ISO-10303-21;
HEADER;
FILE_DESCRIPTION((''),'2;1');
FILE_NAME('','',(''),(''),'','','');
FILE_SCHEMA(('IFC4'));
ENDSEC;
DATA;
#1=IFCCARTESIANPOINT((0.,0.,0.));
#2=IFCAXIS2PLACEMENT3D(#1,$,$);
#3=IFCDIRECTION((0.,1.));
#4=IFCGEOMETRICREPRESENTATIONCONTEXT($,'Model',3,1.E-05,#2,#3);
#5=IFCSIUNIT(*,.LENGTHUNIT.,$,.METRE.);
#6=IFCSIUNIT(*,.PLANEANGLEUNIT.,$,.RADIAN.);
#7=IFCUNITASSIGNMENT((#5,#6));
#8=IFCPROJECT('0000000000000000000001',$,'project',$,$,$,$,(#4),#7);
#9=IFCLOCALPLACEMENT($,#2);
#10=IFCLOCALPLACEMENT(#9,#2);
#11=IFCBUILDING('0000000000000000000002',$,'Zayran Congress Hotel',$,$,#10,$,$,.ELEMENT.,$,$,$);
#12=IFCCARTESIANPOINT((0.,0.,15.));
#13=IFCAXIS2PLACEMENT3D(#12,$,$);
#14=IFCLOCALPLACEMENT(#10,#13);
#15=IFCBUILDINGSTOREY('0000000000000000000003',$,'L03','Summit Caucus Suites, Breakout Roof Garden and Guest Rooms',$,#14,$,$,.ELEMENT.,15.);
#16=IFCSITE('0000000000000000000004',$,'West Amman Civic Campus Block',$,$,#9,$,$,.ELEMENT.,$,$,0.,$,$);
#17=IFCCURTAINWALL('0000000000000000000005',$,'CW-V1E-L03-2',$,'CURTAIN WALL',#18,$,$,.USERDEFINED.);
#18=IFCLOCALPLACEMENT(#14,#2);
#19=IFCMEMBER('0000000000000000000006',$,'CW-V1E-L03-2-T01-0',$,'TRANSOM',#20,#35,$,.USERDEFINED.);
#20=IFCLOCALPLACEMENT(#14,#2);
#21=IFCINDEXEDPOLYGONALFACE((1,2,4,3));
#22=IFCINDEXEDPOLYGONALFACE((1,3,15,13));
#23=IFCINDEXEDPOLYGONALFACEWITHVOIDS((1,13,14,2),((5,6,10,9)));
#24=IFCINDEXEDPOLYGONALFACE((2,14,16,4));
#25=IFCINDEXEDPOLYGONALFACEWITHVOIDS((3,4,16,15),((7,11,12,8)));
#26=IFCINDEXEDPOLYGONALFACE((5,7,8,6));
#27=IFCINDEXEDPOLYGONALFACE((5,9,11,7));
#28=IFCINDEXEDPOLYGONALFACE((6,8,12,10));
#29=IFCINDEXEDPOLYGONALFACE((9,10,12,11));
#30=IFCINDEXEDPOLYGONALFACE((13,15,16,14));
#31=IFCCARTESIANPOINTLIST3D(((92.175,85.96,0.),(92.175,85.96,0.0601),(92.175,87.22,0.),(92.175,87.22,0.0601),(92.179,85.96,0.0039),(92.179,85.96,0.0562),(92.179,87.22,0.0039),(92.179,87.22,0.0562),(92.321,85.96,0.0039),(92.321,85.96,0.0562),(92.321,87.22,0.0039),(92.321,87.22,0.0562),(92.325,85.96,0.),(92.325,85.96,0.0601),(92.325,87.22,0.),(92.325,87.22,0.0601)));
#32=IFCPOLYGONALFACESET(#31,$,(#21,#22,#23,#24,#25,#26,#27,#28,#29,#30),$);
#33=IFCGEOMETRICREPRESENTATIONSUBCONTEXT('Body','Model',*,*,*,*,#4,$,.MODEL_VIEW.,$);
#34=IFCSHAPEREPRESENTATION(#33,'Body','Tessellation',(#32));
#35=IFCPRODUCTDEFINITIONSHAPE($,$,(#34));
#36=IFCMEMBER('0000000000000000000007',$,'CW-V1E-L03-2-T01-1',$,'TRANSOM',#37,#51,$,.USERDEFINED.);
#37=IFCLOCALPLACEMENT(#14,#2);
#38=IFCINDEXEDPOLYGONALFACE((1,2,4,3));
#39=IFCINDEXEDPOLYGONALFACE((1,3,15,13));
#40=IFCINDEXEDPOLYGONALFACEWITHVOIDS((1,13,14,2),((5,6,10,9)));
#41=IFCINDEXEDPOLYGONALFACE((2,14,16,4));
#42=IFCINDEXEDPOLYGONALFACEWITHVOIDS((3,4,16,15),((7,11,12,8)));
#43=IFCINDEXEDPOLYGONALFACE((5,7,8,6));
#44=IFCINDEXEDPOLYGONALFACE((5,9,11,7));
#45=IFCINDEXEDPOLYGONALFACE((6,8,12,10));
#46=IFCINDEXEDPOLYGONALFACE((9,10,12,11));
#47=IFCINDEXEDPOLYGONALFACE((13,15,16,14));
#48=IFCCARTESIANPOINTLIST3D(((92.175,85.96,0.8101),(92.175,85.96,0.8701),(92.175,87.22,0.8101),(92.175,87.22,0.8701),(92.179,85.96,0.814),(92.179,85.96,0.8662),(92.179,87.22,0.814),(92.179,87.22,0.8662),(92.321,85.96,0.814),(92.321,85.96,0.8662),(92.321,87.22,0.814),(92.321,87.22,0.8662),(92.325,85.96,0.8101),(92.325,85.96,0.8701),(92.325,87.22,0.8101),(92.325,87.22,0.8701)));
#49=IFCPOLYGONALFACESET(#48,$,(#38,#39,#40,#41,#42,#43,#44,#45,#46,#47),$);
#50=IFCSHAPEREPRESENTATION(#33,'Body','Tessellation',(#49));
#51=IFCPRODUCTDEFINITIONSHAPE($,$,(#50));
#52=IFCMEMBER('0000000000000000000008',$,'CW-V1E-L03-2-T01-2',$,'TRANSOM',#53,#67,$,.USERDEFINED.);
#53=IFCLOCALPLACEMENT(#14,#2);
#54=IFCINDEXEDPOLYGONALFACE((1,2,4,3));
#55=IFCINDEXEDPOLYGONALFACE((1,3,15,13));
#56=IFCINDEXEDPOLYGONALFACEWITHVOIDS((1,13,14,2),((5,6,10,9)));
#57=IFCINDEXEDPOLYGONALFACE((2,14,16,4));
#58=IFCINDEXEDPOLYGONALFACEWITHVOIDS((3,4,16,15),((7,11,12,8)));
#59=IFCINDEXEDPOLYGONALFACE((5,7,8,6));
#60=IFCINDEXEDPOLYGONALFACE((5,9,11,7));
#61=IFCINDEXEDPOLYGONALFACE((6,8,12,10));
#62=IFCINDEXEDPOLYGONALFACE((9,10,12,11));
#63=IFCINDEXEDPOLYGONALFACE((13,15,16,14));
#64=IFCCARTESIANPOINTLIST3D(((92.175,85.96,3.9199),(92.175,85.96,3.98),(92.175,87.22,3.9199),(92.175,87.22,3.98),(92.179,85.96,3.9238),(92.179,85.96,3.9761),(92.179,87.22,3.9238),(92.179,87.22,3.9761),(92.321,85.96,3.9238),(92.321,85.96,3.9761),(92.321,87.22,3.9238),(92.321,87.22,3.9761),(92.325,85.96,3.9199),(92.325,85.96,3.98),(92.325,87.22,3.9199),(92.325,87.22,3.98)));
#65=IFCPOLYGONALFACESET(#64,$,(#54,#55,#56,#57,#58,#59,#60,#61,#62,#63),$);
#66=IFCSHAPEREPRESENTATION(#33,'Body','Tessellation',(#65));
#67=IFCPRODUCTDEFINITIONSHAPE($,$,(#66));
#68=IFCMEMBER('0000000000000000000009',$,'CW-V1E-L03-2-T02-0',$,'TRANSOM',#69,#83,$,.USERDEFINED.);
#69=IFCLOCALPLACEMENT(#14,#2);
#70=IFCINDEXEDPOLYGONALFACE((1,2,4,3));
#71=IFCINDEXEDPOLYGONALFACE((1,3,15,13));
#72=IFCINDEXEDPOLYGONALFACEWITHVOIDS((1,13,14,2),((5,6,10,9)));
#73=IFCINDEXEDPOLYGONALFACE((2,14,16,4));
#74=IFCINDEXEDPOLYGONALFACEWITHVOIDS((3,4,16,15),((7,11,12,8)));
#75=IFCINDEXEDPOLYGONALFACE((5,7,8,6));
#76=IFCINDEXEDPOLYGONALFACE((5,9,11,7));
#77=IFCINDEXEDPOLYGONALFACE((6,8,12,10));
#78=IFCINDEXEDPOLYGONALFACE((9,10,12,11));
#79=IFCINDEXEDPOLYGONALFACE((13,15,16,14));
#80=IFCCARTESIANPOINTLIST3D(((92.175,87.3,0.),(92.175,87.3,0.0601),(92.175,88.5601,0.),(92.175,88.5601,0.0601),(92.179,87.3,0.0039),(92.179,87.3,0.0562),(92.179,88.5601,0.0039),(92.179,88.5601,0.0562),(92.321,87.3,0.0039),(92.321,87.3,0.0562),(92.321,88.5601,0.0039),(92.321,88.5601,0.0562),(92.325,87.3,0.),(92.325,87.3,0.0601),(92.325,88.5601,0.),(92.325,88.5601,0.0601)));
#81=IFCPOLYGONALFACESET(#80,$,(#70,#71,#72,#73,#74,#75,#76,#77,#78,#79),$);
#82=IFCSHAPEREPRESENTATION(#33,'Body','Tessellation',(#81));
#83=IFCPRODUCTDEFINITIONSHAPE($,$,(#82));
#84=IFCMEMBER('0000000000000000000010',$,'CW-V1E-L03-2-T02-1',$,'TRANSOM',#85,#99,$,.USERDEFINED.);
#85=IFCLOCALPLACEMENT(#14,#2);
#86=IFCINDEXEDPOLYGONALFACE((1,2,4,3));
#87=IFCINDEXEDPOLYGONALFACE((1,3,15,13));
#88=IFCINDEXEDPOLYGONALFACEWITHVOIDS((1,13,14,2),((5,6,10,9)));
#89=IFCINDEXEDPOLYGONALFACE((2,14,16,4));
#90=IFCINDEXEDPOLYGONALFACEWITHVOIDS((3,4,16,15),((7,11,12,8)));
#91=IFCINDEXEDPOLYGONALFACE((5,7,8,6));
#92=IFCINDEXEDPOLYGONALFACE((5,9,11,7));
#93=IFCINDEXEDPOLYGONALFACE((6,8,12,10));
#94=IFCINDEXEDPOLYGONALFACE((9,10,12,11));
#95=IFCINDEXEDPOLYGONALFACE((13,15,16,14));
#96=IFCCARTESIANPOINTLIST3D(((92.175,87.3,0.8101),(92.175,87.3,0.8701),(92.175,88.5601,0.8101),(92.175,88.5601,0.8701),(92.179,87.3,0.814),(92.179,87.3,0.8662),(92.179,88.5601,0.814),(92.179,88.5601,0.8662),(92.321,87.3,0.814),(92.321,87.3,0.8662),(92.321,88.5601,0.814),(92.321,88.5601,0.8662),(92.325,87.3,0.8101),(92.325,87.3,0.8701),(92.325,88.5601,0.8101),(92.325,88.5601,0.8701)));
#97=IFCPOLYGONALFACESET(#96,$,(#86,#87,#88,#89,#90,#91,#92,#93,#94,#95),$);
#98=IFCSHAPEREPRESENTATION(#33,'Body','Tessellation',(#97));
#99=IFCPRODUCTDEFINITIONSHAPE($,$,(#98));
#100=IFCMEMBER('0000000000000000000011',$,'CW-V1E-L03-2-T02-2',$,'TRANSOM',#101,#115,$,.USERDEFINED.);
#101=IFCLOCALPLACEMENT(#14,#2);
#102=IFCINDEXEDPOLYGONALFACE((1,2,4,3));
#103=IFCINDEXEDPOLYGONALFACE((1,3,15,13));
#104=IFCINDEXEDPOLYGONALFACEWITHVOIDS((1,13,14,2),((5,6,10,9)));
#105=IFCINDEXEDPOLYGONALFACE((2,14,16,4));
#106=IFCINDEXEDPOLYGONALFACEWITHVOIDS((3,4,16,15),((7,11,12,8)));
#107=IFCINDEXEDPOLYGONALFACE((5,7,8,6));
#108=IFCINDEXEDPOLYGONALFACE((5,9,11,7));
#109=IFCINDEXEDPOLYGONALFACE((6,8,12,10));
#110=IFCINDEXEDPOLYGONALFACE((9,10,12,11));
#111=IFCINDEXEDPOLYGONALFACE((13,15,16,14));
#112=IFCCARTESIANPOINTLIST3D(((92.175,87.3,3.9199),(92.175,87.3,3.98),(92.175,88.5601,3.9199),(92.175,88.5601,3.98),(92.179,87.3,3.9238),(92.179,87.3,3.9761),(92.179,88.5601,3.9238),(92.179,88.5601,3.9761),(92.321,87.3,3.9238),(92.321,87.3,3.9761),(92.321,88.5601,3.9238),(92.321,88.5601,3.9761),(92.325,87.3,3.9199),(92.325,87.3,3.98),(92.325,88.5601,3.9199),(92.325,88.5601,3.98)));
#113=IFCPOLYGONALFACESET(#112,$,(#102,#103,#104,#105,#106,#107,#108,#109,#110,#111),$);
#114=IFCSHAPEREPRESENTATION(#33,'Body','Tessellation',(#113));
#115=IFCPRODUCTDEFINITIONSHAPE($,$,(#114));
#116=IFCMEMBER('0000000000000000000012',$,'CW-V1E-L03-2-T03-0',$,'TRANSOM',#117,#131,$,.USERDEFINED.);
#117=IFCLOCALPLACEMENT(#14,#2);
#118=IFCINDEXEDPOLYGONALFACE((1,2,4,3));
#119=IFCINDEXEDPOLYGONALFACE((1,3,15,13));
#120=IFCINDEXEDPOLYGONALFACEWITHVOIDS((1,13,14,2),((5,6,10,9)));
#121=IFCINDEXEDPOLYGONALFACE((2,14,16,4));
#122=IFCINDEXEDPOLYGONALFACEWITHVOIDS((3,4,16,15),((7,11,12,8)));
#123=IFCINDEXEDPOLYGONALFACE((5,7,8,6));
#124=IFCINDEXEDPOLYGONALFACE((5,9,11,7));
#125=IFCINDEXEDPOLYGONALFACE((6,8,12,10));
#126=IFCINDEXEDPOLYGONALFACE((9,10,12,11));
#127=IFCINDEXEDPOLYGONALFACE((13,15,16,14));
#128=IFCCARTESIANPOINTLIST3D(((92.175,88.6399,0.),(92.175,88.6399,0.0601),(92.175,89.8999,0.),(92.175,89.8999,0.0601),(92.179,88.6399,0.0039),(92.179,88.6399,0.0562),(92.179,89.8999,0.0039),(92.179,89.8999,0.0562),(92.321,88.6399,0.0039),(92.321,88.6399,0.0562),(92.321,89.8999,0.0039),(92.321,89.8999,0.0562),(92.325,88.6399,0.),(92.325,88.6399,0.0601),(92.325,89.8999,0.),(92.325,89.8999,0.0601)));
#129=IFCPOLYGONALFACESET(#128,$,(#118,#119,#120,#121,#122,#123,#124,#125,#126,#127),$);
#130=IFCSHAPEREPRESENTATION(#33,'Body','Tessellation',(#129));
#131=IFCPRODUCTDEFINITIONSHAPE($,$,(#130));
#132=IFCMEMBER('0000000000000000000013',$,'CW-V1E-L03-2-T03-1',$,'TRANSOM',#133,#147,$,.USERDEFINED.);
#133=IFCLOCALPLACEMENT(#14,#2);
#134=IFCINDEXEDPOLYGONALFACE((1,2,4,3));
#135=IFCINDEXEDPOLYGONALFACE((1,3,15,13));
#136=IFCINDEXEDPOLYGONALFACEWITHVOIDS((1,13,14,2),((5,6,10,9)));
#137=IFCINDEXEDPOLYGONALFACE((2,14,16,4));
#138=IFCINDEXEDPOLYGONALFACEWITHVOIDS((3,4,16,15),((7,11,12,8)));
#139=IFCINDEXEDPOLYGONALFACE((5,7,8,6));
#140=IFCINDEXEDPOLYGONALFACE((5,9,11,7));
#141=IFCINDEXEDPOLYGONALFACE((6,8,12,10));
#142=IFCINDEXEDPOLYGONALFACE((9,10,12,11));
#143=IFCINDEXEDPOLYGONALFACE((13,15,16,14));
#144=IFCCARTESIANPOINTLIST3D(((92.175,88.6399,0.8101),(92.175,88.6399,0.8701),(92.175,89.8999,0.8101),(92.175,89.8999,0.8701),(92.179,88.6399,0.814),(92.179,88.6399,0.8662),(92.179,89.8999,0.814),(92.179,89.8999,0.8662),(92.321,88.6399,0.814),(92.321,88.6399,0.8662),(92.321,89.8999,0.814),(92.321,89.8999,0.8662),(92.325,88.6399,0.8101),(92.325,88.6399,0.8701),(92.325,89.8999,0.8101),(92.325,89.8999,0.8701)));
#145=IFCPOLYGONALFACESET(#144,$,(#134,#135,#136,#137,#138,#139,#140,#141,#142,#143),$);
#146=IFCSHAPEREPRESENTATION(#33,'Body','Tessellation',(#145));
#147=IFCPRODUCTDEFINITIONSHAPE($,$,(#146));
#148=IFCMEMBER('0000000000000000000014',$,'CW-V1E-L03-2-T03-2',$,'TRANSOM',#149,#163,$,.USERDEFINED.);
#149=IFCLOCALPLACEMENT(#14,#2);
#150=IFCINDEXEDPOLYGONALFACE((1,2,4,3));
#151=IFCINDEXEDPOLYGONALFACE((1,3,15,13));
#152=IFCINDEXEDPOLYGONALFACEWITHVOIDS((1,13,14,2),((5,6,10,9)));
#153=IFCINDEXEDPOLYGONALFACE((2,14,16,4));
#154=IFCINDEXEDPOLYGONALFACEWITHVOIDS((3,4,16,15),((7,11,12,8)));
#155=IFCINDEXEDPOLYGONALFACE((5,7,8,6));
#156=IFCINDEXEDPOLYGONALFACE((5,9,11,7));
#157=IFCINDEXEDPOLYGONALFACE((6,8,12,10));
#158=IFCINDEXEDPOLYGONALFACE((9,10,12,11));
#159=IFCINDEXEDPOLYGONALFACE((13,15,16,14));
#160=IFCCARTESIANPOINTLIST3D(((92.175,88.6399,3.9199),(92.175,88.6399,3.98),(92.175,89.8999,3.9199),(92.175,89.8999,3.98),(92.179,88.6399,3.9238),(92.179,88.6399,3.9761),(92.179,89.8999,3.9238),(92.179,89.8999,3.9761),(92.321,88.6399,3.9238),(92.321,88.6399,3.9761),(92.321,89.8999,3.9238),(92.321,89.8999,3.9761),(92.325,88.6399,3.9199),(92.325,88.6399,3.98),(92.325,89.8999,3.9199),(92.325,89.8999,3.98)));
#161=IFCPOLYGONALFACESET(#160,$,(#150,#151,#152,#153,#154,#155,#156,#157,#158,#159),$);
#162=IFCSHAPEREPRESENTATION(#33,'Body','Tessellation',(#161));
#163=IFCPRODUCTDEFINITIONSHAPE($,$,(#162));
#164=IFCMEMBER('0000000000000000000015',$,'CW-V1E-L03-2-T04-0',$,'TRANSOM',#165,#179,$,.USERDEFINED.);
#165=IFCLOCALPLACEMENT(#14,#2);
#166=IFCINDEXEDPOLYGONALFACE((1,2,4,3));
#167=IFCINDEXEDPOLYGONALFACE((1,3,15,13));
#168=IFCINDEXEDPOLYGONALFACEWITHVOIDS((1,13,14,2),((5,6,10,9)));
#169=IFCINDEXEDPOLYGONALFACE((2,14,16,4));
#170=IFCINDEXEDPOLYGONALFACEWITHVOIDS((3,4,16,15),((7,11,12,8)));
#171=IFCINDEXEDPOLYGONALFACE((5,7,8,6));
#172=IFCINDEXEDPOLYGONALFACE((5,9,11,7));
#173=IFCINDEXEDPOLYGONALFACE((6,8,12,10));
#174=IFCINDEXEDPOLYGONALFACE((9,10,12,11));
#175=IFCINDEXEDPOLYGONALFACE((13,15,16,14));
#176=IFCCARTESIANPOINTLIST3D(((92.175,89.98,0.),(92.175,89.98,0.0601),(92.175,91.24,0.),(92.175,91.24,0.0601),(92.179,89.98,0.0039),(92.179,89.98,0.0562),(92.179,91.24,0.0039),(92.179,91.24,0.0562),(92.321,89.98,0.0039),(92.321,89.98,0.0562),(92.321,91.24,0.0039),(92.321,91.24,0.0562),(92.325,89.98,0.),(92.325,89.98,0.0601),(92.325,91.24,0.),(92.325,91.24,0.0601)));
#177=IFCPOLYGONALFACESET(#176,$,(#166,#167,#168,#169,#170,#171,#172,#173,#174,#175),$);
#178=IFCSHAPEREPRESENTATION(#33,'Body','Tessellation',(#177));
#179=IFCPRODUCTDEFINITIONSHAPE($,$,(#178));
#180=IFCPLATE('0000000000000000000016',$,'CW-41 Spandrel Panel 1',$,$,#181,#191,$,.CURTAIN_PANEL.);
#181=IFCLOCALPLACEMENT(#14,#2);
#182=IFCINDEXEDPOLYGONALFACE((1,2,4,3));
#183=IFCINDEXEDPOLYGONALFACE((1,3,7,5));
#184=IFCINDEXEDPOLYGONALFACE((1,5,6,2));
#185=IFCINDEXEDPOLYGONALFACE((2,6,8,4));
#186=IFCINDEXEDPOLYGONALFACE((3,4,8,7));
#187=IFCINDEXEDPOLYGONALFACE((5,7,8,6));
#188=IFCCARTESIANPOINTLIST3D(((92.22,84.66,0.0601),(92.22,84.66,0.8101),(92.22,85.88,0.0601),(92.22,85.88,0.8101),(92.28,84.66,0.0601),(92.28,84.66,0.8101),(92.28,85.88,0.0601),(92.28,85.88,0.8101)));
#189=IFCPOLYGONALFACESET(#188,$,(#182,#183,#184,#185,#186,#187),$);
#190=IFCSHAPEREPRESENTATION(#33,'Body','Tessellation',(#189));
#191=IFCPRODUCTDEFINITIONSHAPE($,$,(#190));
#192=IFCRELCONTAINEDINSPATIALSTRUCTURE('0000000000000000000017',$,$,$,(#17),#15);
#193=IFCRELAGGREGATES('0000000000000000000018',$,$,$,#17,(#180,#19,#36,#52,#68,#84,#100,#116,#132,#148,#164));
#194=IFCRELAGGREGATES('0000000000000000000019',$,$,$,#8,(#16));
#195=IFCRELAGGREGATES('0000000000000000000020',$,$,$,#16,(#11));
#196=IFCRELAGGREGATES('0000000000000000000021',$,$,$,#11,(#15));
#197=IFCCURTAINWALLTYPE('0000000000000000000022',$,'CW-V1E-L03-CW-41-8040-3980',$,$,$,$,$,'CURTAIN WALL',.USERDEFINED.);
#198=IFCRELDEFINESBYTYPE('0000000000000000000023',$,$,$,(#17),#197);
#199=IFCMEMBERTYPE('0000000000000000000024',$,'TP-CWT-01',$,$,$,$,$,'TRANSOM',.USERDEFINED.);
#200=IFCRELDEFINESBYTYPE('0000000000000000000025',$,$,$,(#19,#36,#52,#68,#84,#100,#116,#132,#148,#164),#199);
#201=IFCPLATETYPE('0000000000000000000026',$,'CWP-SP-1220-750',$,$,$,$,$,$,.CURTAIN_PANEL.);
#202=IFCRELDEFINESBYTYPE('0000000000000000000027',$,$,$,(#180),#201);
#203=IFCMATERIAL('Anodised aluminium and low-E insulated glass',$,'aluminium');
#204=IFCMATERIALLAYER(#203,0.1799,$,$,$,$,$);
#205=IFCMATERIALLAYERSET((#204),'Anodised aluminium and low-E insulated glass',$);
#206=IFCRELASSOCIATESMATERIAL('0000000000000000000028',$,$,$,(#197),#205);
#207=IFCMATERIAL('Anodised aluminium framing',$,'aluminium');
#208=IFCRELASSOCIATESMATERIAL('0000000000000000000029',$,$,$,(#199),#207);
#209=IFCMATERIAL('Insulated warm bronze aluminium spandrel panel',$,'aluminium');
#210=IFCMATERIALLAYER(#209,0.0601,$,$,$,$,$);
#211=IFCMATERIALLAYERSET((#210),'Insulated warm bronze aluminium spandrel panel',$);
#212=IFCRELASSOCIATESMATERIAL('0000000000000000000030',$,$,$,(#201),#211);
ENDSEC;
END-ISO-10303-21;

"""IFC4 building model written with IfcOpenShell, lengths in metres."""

from ifc_helpers import new_model, si_unit, direction, frame, origin, origin_2d, place, context, subcontext, project, spatial, rectangle, hollow_rectangle, extrude, material, layer, layer_set, material_profile, profile_set, type_object, element, aggregate, save


model = new_model("IFC4")

# Units and contexts
model_context = context("Model", 3, precision=1e-05, world=origin(), true_north=direction((0.0, 1.0)))
body_context = subcontext(model_context, "Body", "Model", "MODEL_VIEW")
ifc_project = project(units=[si_unit("LENGTHUNIT", "METRE"), si_unit("PLANEANGLEUNIT", "RADIAN")], contexts=[model_context])

# Site, building, storey
site_placement = place(None, origin())
site = spatial("IfcSite", under=ifc_project, at=site_placement, Name="West Amman Civic Campus Block", CompositionType="ELEMENT", RefElevation=0.0)
building_placement = place(site_placement, origin())
building = spatial("IfcBuilding", under=site, at=building_placement, Name="Zayran Congress Hotel", CompositionType="ELEMENT")
storey_placement = place(building_placement, frame((0.0, 0.0, 15.0)))
storey = spatial("IfcBuildingStorey", under=building, at=storey_placement, Name="L03", Description="Summit Caucus Suites, Breakout Roof Garden and Guest Rooms", CompositionType="ELEMENT", Elevation=15.0)

# Curtain wall, members, plate
ifc_material_1 = material(Name="Anodised aluminium and low-E insulated glass", Category="aluminium")
ifc_layer_1 = layer(ifc_material_1, 0.1799)
ifc_layer_set_1 = layer_set([ifc_layer_1], Name="Anodised aluminium and low-E insulated glass")
curtain_wall_type = type_object("IfcCurtainWallType", Name="CW-V1E-L03-CW-41-8040-3980", ElementType="CURTAIN WALL", PredefinedType="USERDEFINED", material=ifc_layer_set_1)
curtain_wall_placement = place(storey_placement, origin())
curtain_wall = element("IfcCurtainWall", 1, at=curtain_wall_placement, inside=storey, type_object=curtain_wall_type, Name="CW-V1E-L03-2", ObjectType="CURTAIN WALL", PredefinedType="USERDEFINED")
ifc_material_2 = material(Name="Anodised aluminium framing", Category="aluminium")
ifc_material_profile_1 = material_profile(ifc_material_2, hollow_rectangle(XDim=0.0601, YDim=0.1499, WallThickness=0.0039, at=origin_2d()), Name="RHS 150x60x4")
ifc_profile_set_1 = profile_set([ifc_material_profile_1], Name="Anodised aluminium framing")
member_type_1 = type_object("IfcMemberType", Name="TP-CWT-01", ElementType="TRANSOM", PredefinedType="USERDEFINED", material=ifc_profile_set_1)
member_1_placement = place(storey_placement, frame((92.25, 85.96, 0.03), z_axis=(0.0, 1.0, 0.0), x_axis=(0.0, 0.0, 1.0)))
member_1 = element("IfcMember", 2, at=member_1_placement, type_object=member_type_1, Name="CW-V1E-L03-2-T01-0", ObjectType="TRANSOM", PredefinedType="USERDEFINED", context=body_context, shape_type="SweptSolid", body=[
    extrude(hollow_rectangle(XDim=0.0601, YDim=0.1499, WallThickness=0.0039, at=origin_2d()), origin(), (0.0, 0.0, 1.0), 1.26),
])
member_2_placement = place(storey_placement, frame((92.25, 85.96, 0.8401), z_axis=(0.0, 1.0, 0.0), x_axis=(0.0, 0.0, 1.0)))
member_2 = element("IfcMember", 3, at=member_2_placement, type_object=member_type_1, Name="CW-V1E-L03-2-T01-1", ObjectType="TRANSOM", PredefinedType="USERDEFINED", context=body_context, shape_type="SweptSolid", body=[
    extrude(hollow_rectangle(XDim=0.0601, YDim=0.1499, WallThickness=0.0039, at=origin_2d()), origin(), (0.0, 0.0, 1.0), 1.26),
])
member_3_placement = place(storey_placement, frame((92.25, 85.96, 3.95), z_axis=(0.0, 1.0, 0.0), x_axis=(0.0, 0.0, 1.0)))
member_3 = element("IfcMember", 4, at=member_3_placement, type_object=member_type_1, Name="CW-V1E-L03-2-T01-2", ObjectType="TRANSOM", PredefinedType="USERDEFINED", context=body_context, shape_type="SweptSolid", body=[
    extrude(hollow_rectangle(XDim=0.0601, YDim=0.1499, WallThickness=0.0039, at=origin_2d()), origin(), (0.0, 0.0, 1.0), 1.26),
])
member_4_placement = place(storey_placement, frame((92.25, 87.3, 0.03), z_axis=(0.0, 1.0, 0.0), x_axis=(0.0, 0.0, 1.0)))
member_4 = element("IfcMember", 5, at=member_4_placement, type_object=member_type_1, Name="CW-V1E-L03-2-T02-0", ObjectType="TRANSOM", PredefinedType="USERDEFINED", context=body_context, shape_type="SweptSolid", body=[
    extrude(hollow_rectangle(XDim=0.0601, YDim=0.1499, WallThickness=0.0039, at=origin_2d()), origin(), (0.0, 0.0, 1.0), 1.26),
])
member_5_placement = place(storey_placement, frame((92.25, 87.3, 0.8401), z_axis=(0.0, 1.0, 0.0), x_axis=(0.0, 0.0, 1.0)))
member_5 = element("IfcMember", 6, at=member_5_placement, type_object=member_type_1, Name="CW-V1E-L03-2-T02-1", ObjectType="TRANSOM", PredefinedType="USERDEFINED", context=body_context, shape_type="SweptSolid", body=[
    extrude(hollow_rectangle(XDim=0.0601, YDim=0.1499, WallThickness=0.0039, at=origin_2d()), origin(), (0.0, 0.0, 1.0), 1.26),
])
member_6_placement = place(storey_placement, frame((92.25, 87.3, 3.95), z_axis=(0.0, 1.0, 0.0), x_axis=(0.0, 0.0, 1.0)))
member_6 = element("IfcMember", 7, at=member_6_placement, type_object=member_type_1, Name="CW-V1E-L03-2-T02-2", ObjectType="TRANSOM", PredefinedType="USERDEFINED", context=body_context, shape_type="SweptSolid", body=[
    extrude(hollow_rectangle(XDim=0.0601, YDim=0.1499, WallThickness=0.0039, at=origin_2d()), origin(), (0.0, 0.0, 1.0), 1.26),
])
member_7_placement = place(storey_placement, frame((92.25, 88.6399, 0.03), z_axis=(0.0, 1.0, 0.0), x_axis=(0.0, 0.0, 1.0)))
member_7 = element("IfcMember", 8, at=member_7_placement, type_object=member_type_1, Name="CW-V1E-L03-2-T03-0", ObjectType="TRANSOM", PredefinedType="USERDEFINED", context=body_context, shape_type="SweptSolid", body=[
    extrude(hollow_rectangle(XDim=0.0601, YDim=0.1499, WallThickness=0.0039, at=origin_2d()), origin(), (0.0, 0.0, 1.0), 1.26),
])
member_8_placement = place(storey_placement, frame((92.25, 88.6399, 0.8401), z_axis=(0.0, 1.0, 0.0), x_axis=(0.0, 0.0, 1.0)))
member_8 = element("IfcMember", 9, at=member_8_placement, type_object=member_type_1, Name="CW-V1E-L03-2-T03-1", ObjectType="TRANSOM", PredefinedType="USERDEFINED", context=body_context, shape_type="SweptSolid", body=[
    extrude(hollow_rectangle(XDim=0.0601, YDim=0.1499, WallThickness=0.0039, at=origin_2d()), origin(), (0.0, 0.0, 1.0), 1.26),
])
member_9_placement = place(storey_placement, frame((92.25, 88.6399, 3.95), z_axis=(0.0, 1.0, 0.0), x_axis=(0.0, 0.0, 1.0)))
member_9 = element("IfcMember", 10, at=member_9_placement, type_object=member_type_1, Name="CW-V1E-L03-2-T03-2", ObjectType="TRANSOM", PredefinedType="USERDEFINED", context=body_context, shape_type="SweptSolid", body=[
    extrude(hollow_rectangle(XDim=0.0601, YDim=0.1499, WallThickness=0.0039, at=origin_2d()), origin(), (0.0, 0.0, 1.0), 1.26),
])
member_10_placement = place(storey_placement, frame((92.25, 89.98, 0.03), z_axis=(0.0, 1.0, 0.0), x_axis=(0.0, 0.0, 1.0)))
member_10 = element("IfcMember", 11, at=member_10_placement, type_object=member_type_1, Name="CW-V1E-L03-2-T04-0", ObjectType="TRANSOM", PredefinedType="USERDEFINED", context=body_context, shape_type="SweptSolid", body=[
    extrude(hollow_rectangle(XDim=0.0601, YDim=0.1499, WallThickness=0.0039, at=origin_2d()), origin(), (0.0, 0.0, 1.0), 1.26),
])
ifc_material_3 = material(Name="Insulated warm bronze aluminium spandrel panel", Category="aluminium")
ifc_layer_2 = layer(ifc_material_3, 0.0601)
ifc_layer_set_2 = layer_set([ifc_layer_2], Name="Insulated warm bronze aluminium spandrel panel")
plate_type_1 = type_object("IfcPlateType", Name="CWP-SP-1220-750", PredefinedType="CURTAIN_PANEL", material=ifc_layer_set_2)
plate_1_placement = place(storey_placement, frame((92.25, 85.27, 0.0601), z_axis=(0.0, 0.0, 1.0), x_axis=(0.0, 1.0, 0.0)))
plate_1 = element("IfcPlate", 12, at=plate_1_placement, type_object=plate_type_1, Name="CW-41 Spandrel Panel 1", PredefinedType="CURTAIN_PANEL", context=body_context, shape_type="SweptSolid", body=[
    extrude(rectangle(XDim=1.22, YDim=0.0601, at=origin_2d()), origin(), (0.0, 0.0, 1.0), 0.75),
])
aggregate(curtain_wall, [plate_1, member_1, member_2, member_3, member_4, member_5, member_6, member_7, member_8, member_9, member_10])

save(model, "model.ifc")
